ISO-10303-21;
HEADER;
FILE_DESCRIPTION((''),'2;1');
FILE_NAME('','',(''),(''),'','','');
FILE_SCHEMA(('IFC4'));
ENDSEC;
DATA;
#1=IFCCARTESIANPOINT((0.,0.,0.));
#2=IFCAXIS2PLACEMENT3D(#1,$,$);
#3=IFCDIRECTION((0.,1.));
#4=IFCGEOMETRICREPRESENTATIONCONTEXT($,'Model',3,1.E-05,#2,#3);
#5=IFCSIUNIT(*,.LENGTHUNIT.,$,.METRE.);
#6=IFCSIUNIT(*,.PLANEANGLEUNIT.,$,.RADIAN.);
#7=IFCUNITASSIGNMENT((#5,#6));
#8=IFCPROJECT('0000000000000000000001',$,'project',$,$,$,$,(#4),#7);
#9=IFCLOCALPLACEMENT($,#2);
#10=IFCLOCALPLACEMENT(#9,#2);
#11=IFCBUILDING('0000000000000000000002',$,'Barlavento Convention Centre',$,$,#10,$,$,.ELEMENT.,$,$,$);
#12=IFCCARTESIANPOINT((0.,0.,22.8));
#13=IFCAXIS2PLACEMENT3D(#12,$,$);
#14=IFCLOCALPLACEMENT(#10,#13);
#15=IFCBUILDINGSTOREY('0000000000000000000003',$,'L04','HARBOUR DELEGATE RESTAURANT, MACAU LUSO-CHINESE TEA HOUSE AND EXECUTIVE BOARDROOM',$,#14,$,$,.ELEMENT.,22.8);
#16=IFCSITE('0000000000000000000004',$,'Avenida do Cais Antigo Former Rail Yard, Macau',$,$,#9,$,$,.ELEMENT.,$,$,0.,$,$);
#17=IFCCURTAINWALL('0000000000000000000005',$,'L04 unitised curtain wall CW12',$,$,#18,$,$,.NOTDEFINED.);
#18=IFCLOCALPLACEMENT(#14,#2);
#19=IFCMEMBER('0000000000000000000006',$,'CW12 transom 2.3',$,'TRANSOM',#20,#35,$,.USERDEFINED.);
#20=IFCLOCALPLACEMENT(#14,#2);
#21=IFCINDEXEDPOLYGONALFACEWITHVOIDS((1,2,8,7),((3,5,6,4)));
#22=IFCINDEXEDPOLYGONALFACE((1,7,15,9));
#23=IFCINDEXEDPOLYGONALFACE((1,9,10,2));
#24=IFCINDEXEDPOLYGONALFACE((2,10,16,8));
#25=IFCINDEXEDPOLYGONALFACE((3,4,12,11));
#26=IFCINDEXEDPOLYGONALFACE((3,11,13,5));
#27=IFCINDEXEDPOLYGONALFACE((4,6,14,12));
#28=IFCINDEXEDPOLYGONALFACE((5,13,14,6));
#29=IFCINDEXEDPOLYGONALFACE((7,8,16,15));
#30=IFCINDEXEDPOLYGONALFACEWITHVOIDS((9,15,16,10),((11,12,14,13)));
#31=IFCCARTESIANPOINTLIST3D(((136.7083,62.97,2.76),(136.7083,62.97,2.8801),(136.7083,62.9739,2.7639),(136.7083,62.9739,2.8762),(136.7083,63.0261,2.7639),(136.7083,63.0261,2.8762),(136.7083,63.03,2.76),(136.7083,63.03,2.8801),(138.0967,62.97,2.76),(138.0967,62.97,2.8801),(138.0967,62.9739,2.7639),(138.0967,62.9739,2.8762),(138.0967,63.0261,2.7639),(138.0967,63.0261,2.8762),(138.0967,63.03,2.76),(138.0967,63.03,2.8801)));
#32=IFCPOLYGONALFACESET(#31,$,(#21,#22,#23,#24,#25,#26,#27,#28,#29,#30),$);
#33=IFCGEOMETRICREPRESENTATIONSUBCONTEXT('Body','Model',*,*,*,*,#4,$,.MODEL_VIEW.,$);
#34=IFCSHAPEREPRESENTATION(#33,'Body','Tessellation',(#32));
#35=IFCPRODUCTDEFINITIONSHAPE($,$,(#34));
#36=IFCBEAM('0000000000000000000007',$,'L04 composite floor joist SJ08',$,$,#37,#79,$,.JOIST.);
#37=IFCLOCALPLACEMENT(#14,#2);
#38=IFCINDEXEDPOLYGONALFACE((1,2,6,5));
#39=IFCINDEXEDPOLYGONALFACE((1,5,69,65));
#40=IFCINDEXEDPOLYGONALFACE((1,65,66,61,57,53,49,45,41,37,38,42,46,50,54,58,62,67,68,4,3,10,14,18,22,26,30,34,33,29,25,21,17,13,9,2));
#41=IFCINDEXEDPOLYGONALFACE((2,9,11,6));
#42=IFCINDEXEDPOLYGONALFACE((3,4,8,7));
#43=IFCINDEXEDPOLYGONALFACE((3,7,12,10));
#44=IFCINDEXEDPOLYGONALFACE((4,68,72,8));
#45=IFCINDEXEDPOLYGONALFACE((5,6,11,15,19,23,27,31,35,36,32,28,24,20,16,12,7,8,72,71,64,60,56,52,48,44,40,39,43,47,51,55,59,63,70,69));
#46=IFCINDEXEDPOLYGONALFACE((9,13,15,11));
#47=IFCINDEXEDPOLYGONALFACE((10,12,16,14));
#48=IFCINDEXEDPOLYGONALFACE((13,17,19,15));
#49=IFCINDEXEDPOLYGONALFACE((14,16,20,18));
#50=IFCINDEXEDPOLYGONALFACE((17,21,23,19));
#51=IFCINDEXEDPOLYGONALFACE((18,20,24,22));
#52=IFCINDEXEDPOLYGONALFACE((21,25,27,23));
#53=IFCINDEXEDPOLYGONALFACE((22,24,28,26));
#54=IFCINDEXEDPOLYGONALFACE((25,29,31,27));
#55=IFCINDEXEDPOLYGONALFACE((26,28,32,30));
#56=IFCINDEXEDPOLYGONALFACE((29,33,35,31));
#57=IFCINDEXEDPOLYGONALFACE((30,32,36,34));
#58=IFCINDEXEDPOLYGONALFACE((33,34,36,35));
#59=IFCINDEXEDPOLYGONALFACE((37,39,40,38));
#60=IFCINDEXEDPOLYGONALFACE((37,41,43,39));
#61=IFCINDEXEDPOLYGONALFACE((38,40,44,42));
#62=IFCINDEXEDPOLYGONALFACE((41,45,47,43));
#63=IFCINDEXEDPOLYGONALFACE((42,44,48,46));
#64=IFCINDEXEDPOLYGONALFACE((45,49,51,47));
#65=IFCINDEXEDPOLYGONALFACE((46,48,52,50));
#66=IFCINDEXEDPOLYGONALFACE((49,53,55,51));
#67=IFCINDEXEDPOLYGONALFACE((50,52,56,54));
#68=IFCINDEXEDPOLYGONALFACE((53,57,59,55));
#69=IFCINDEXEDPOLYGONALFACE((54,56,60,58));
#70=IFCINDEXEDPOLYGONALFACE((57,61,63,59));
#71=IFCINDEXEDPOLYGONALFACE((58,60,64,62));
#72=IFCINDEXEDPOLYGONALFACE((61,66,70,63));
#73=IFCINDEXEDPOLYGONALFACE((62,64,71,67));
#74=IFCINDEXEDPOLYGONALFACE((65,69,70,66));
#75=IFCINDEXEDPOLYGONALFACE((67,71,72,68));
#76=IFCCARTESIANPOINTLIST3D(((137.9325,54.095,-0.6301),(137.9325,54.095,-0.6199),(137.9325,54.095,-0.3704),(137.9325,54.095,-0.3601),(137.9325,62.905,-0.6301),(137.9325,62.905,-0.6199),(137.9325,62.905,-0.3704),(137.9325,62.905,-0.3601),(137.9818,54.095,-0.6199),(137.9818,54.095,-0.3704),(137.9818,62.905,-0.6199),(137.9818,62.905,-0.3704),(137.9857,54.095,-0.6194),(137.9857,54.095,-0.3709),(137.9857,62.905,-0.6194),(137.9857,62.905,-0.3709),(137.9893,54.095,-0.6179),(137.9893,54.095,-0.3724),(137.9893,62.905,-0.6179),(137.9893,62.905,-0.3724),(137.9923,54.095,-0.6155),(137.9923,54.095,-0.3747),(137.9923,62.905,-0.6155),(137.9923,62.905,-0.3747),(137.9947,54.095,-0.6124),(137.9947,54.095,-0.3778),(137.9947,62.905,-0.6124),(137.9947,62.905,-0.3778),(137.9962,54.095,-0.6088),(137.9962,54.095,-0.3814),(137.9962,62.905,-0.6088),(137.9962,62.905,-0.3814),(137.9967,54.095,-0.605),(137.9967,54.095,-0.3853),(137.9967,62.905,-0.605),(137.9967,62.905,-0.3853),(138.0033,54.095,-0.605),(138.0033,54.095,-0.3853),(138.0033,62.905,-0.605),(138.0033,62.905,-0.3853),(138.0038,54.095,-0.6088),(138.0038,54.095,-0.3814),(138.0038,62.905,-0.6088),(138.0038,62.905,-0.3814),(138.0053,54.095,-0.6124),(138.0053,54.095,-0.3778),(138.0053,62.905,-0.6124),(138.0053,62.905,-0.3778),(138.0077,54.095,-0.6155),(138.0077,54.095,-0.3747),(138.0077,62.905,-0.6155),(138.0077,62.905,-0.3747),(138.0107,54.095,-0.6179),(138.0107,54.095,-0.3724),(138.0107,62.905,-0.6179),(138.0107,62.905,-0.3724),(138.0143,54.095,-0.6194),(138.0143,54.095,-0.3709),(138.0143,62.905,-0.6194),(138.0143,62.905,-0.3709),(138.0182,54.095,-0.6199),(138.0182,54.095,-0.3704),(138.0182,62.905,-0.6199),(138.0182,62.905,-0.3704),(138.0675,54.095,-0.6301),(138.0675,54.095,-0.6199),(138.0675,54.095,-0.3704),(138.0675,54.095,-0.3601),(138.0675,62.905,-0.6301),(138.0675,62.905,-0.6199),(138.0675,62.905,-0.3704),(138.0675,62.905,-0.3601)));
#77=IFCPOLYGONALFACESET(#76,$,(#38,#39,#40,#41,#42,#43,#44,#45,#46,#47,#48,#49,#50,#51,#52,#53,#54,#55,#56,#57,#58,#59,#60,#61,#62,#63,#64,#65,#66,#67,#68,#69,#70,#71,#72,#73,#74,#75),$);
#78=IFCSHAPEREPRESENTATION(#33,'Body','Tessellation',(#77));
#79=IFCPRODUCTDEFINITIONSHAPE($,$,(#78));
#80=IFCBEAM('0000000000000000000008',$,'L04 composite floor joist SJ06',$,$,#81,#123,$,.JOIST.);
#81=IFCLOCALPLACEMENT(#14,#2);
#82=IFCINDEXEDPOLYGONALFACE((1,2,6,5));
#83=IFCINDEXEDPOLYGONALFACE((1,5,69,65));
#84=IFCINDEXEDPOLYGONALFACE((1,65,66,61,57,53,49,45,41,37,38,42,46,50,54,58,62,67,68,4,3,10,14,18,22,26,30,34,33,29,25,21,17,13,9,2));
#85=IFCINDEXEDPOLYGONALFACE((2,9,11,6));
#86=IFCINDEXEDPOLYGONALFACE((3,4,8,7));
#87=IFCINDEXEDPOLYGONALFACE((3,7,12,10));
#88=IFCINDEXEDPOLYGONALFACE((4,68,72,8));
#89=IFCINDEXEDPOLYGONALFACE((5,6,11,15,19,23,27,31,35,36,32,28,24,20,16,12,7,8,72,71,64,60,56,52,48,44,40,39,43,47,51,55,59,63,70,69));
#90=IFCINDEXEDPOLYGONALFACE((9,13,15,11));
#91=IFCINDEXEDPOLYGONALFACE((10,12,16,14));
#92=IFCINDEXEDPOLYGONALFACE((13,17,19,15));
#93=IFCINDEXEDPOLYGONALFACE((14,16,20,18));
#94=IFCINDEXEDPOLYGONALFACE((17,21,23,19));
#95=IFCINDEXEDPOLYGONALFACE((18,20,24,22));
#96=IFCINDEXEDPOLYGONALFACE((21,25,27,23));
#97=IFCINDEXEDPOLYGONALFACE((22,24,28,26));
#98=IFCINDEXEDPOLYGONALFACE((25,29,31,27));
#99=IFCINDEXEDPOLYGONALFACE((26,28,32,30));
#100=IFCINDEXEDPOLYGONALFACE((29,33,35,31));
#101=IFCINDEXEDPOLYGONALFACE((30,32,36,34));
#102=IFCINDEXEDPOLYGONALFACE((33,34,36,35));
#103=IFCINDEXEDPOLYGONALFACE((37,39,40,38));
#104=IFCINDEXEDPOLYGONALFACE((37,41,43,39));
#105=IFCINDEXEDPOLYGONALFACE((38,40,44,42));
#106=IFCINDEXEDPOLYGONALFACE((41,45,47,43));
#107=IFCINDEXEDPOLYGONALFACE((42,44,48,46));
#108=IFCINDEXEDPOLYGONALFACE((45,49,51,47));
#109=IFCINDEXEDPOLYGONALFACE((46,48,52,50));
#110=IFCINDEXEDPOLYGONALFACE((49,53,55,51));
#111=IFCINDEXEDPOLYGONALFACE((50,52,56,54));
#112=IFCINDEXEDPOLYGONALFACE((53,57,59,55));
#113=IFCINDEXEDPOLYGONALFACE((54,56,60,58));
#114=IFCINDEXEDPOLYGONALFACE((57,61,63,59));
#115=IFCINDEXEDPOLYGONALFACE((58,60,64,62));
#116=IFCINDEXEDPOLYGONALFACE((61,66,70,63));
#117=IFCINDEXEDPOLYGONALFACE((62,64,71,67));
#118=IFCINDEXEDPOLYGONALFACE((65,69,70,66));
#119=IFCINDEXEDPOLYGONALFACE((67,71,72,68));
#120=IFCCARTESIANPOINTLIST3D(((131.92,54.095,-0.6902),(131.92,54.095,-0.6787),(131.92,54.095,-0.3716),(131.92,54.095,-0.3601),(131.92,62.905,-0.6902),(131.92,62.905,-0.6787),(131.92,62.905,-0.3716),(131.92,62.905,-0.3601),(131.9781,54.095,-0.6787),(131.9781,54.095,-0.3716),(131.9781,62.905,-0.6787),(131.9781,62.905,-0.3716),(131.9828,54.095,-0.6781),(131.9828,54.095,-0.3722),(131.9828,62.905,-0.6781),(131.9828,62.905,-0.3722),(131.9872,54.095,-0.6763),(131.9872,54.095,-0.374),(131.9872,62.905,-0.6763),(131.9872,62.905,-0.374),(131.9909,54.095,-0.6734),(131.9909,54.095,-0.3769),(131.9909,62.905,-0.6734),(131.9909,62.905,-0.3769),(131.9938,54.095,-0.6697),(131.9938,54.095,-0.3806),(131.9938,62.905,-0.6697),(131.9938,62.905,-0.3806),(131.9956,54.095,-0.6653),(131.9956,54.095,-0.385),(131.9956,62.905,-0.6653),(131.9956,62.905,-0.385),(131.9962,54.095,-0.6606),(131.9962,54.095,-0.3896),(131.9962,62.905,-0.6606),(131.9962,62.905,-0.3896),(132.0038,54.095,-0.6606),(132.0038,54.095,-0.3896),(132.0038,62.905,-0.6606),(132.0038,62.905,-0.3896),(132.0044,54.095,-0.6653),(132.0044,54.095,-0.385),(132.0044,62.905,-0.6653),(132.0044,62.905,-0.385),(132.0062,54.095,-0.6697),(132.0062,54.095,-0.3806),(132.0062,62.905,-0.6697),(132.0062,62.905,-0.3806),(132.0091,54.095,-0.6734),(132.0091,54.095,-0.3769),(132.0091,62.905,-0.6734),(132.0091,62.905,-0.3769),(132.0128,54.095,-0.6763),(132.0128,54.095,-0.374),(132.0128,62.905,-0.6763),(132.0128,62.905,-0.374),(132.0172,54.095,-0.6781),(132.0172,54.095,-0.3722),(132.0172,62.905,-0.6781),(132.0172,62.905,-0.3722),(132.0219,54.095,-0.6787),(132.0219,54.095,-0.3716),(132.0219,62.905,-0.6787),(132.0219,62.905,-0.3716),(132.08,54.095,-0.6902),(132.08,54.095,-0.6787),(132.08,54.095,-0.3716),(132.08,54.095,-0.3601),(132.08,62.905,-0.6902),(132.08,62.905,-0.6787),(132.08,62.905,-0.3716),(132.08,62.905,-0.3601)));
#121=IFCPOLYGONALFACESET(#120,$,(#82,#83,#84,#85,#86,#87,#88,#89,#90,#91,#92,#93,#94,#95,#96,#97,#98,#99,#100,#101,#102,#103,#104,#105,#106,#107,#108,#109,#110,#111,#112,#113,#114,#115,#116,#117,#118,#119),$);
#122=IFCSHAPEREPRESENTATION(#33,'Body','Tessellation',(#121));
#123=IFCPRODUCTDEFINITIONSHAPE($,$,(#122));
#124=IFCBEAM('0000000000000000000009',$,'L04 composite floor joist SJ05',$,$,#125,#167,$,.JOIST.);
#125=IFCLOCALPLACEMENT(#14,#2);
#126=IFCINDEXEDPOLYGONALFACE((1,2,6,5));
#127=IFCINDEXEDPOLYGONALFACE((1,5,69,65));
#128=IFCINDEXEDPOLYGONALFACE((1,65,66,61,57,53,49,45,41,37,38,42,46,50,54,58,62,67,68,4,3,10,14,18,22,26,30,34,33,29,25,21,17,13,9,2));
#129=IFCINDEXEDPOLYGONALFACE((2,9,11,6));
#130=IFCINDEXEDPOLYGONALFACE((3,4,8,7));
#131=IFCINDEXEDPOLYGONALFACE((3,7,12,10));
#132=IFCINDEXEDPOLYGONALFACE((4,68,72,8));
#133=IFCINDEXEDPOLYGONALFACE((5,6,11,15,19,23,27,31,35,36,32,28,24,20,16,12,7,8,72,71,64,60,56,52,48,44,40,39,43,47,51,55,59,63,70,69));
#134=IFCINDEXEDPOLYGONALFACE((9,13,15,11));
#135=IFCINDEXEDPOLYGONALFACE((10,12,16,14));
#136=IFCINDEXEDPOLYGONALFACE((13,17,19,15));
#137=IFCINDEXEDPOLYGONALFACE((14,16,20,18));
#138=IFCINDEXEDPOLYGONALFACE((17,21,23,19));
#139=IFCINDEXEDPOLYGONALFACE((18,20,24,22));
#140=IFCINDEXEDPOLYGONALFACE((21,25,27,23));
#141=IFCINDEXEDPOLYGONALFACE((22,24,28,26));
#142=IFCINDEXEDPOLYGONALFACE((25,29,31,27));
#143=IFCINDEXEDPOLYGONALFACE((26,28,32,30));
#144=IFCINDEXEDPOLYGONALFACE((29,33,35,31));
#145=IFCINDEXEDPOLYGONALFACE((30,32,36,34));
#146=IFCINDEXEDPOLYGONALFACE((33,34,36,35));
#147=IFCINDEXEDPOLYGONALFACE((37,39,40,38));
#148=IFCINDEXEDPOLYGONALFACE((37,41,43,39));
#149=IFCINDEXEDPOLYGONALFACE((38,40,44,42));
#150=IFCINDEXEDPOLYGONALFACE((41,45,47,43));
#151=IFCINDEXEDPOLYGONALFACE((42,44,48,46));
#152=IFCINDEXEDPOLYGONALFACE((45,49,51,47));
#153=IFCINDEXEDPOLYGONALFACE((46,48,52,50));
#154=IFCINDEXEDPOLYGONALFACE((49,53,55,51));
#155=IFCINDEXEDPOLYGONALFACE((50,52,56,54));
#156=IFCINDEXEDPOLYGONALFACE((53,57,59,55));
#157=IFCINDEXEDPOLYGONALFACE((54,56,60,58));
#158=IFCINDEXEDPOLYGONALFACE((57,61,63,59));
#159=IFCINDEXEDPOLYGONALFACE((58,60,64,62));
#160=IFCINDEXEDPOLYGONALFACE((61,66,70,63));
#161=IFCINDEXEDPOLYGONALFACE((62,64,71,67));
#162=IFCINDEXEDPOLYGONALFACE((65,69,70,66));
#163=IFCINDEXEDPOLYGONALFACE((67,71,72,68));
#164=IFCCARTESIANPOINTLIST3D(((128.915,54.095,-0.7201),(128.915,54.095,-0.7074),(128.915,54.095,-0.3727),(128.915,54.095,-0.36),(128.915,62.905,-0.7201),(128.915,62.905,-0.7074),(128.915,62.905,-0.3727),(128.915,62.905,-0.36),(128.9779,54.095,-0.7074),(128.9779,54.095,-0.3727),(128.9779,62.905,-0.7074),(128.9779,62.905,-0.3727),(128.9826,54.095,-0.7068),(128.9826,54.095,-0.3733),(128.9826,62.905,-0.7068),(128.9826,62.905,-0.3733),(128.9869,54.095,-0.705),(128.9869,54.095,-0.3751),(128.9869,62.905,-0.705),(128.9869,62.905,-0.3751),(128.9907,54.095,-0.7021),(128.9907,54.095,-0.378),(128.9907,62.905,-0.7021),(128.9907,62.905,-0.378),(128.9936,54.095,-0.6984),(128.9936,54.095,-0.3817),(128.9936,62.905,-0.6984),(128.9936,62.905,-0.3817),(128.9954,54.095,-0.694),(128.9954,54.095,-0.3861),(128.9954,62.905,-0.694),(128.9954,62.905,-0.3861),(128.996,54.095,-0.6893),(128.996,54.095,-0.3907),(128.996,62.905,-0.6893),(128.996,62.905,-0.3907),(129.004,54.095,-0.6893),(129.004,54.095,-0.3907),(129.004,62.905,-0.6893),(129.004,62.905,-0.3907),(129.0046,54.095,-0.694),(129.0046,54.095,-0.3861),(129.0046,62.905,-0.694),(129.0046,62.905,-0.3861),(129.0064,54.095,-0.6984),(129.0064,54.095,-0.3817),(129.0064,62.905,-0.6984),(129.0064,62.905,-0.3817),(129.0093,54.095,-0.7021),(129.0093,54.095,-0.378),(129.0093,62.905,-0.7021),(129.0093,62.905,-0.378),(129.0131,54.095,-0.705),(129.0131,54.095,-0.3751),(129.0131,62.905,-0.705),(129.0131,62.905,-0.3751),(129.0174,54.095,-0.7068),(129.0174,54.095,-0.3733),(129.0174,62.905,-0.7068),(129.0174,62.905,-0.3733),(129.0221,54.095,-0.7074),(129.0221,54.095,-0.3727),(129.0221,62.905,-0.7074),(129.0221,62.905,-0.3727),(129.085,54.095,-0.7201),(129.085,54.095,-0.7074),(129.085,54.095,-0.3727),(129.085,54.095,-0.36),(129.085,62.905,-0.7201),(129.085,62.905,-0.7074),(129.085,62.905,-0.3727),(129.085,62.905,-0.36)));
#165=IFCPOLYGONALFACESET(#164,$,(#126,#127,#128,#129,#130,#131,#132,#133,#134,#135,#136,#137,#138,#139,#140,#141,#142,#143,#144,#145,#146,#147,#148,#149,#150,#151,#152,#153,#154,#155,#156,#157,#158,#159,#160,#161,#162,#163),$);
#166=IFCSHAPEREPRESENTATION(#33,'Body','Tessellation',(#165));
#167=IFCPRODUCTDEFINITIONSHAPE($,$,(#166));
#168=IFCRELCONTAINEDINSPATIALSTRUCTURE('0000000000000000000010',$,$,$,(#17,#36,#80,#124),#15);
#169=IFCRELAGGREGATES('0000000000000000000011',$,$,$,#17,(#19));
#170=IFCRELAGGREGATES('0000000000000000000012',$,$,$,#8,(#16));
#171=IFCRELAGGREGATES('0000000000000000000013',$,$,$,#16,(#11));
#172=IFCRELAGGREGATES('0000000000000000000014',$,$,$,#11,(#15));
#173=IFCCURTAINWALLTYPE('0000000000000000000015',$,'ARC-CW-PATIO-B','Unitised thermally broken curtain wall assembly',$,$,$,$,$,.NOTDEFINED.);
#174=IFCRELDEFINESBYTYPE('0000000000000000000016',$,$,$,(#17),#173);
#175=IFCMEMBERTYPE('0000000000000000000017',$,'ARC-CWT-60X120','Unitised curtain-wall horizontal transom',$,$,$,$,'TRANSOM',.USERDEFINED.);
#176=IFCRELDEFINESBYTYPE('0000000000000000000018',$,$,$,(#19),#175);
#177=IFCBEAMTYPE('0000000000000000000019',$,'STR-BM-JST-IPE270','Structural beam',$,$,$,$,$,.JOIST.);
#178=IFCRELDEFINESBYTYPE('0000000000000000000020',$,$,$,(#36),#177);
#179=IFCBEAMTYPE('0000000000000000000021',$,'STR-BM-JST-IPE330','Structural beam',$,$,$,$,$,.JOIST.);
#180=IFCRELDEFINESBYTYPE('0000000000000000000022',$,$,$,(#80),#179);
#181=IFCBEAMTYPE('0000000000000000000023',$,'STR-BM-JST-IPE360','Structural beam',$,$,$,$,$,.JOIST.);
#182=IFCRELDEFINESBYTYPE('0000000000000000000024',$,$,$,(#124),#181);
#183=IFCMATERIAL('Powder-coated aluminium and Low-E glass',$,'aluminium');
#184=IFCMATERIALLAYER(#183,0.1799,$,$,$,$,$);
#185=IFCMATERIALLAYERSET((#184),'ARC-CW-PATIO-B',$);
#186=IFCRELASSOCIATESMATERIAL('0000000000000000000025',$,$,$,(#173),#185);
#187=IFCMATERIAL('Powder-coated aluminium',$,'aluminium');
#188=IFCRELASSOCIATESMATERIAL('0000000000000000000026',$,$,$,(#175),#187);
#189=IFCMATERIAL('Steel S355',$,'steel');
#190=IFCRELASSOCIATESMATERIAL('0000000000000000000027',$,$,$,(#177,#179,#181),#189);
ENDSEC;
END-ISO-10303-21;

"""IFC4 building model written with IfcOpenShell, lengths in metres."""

from ifc_helpers import new_model, si_unit, direction, frame, origin, origin_2d, place, context, subcontext, project, spatial, hollow_rectangle, i_section, extrude, material, layer, layer_set, material_profile, profile_set, type_object, element, aggregate, save


model = new_model("IFC4")

# Units and contexts
model_context = context("Model", 3, precision=1e-05, world=origin(), true_north=direction((0.0, 1.0)))
body_context = subcontext(model_context, "Body", "Model", "MODEL_VIEW")
ifc_project = project(units=[si_unit("LENGTHUNIT", "METRE"), si_unit("PLANEANGLEUNIT", "RADIAN")], contexts=[model_context])

# Site, building, storey
site_placement = place(None, origin())
site = spatial("IfcSite", under=ifc_project, at=site_placement, Name="Avenida do Cais Antigo Former Rail Yard, Macau", CompositionType="ELEMENT", RefElevation=0.0)
building_placement = place(site_placement, origin())
building = spatial("IfcBuilding", under=site, at=building_placement, Name="Barlavento Convention Centre", CompositionType="ELEMENT")
storey_placement = place(building_placement, frame((0.0, 0.0, 22.8)))
storey = spatial("IfcBuildingStorey", under=building, at=storey_placement, Name="L04", Description="HARBOUR DELEGATE RESTAURANT, MACAU LUSO-CHINESE TEA HOUSE AND EXECUTIVE BOARDROOM", CompositionType="ELEMENT", Elevation=22.8)

# Shared definitions
ifc_material_1 = material(Name="Steel S355", Category="steel")

# Curtain wall, member
ifc_material_2 = material(Name="Powder-coated aluminium and Low-E glass", Category="aluminium")
ifc_layer_1 = layer(ifc_material_2, 0.1799)
ifc_layer_set_1 = layer_set([ifc_layer_1], Name="ARC-CW-PATIO-B")
curtain_wall_type = type_object("IfcCurtainWallType", Name="ARC-CW-PATIO-B", Description="Unitised thermally broken curtain wall assembly", PredefinedType="NOTDEFINED", material=ifc_layer_set_1)
curtain_wall_placement = place(storey_placement, origin())
curtain_wall = element("IfcCurtainWall", 1, at=curtain_wall_placement, inside=storey, type_object=curtain_wall_type, Name="L04 unitised curtain wall CW12", PredefinedType="NOTDEFINED")
ifc_material_3 = material(Name="Powder-coated aluminium", Category="aluminium")
ifc_material_profile_1 = material_profile(ifc_material_3, hollow_rectangle(XDim=0.0601, YDim=0.1201, WallThickness=0.0039, at=origin_2d()), Name="AL-TRAN 60x120x4")
ifc_profile_set_1 = profile_set([ifc_material_profile_1], Name="Powder-coated aluminium")
member_type_1 = type_object("IfcMemberType", Name="ARC-CWT-60X120", Description="Unitised curtain-wall horizontal transom", ElementType="TRANSOM", PredefinedType="USERDEFINED", material=ifc_profile_set_1)
member_1_placement = place(storey_placement, frame((136.7083, 63.0, 2.8201), z_axis=(1.0, 0.0, 0.0), x_axis=(0.0, 1.0, 0.0)))
member_1 = element("IfcMember", 2, at=member_1_placement, type_object=member_type_1, Name="CW12 transom 2.3", ObjectType="TRANSOM", PredefinedType="USERDEFINED", context=body_context, shape_type="SweptSolid", body=[
    extrude(hollow_rectangle(XDim=0.0601, YDim=0.1201, WallThickness=0.0039, at=origin_2d()), origin(), (0.0, 0.0, 1.0), 1.3884),
])

# Beams
ifc_material_profile_2 = material_profile(ifc_material_1, i_section(OverallWidth=0.135, OverallDepth=0.27, WebThickness=0.0066, FlangeThickness=0.0103, FilletRadius=0.0149, at=origin_2d()), Name="IPE 270")
ifc_profile_set_2 = profile_set([ifc_material_profile_2], Name="Steel S355")
beam_type_1 = type_object("IfcBeamType", Name="STR-BM-JST-IPE270", Description="Structural beam", PredefinedType="JOIST", material=ifc_profile_set_2)
beam_1_placement = place(storey_placement, frame((138.0, 54.095, -0.4951), z_axis=(0.0, 1.0, 0.0), x_axis=(-1.0, 0.0, 0.0)))
element("IfcBeam", 3, at=beam_1_placement, inside=storey, type_object=beam_type_1, Name="L04 composite floor joist SJ08", PredefinedType="JOIST", context=body_context, shape_type="SweptSolid", body=[
    extrude(i_section(OverallWidth=0.135, OverallDepth=0.27, WebThickness=0.0066, FlangeThickness=0.0103, FilletRadius=0.0149, at=origin_2d()), origin(), (0.0, 0.0, 1.0), 8.8101),
])
ifc_material_profile_3 = material_profile(ifc_material_1, i_section(OverallWidth=0.1599, OverallDepth=0.3301, WebThickness=0.0076, FlangeThickness=0.0115, FilletRadius=0.0181, at=origin_2d()), Name="IPE 330")
ifc_profile_set_3 = profile_set([ifc_material_profile_3], Name="Steel S355")
beam_type_2 = type_object("IfcBeamType", Name="STR-BM-JST-IPE330", Description="Structural beam", PredefinedType="JOIST", material=ifc_profile_set_3)
beam_2_placement = place(storey_placement, frame((132.0, 54.095, -0.5251), z_axis=(0.0, 1.0, 0.0), x_axis=(-1.0, 0.0, 0.0)))
element("IfcBeam", 4, at=beam_2_placement, inside=storey, type_object=beam_type_2, Name="L04 composite floor joist SJ06", PredefinedType="JOIST", context=body_context, shape_type="SweptSolid", body=[
    extrude(i_section(OverallWidth=0.1599, OverallDepth=0.3301, WebThickness=0.0076, FlangeThickness=0.0115, FilletRadius=0.0181, at=origin_2d()), origin(), (0.0, 0.0, 1.0), 8.8101),
])
ifc_material_profile_4 = material_profile(ifc_material_1, i_section(OverallWidth=0.1699, OverallDepth=0.3601, WebThickness=0.0081, FlangeThickness=0.0127, FilletRadius=0.0181, at=origin_2d()), Name="IPE 360")
ifc_profile_set_4 = profile_set([ifc_material_profile_4], Name="Steel S355")
beam_type_3 = type_object("IfcBeamType", Name="STR-BM-JST-IPE360", Description="Structural beam", PredefinedType="JOIST", material=ifc_profile_set_4)
beam_3_placement = place(storey_placement, frame((129.0, 54.095, -0.54), z_axis=(0.0, 1.0, 0.0), x_axis=(-1.0, 0.0, 0.0)))
element("IfcBeam", 5, at=beam_3_placement, inside=storey, type_object=beam_type_3, Name="L04 composite floor joist SJ05", PredefinedType="JOIST", context=body_context, shape_type="SweptSolid", body=[
    extrude(i_section(OverallWidth=0.1699, OverallDepth=0.3601, WebThickness=0.0081, FlangeThickness=0.0127, FilletRadius=0.0181, at=origin_2d()), origin(), (0.0, 0.0, 1.0), 8.8101),
])

aggregate(curtain_wall, [member_1])

save(model, "model.ifc")
